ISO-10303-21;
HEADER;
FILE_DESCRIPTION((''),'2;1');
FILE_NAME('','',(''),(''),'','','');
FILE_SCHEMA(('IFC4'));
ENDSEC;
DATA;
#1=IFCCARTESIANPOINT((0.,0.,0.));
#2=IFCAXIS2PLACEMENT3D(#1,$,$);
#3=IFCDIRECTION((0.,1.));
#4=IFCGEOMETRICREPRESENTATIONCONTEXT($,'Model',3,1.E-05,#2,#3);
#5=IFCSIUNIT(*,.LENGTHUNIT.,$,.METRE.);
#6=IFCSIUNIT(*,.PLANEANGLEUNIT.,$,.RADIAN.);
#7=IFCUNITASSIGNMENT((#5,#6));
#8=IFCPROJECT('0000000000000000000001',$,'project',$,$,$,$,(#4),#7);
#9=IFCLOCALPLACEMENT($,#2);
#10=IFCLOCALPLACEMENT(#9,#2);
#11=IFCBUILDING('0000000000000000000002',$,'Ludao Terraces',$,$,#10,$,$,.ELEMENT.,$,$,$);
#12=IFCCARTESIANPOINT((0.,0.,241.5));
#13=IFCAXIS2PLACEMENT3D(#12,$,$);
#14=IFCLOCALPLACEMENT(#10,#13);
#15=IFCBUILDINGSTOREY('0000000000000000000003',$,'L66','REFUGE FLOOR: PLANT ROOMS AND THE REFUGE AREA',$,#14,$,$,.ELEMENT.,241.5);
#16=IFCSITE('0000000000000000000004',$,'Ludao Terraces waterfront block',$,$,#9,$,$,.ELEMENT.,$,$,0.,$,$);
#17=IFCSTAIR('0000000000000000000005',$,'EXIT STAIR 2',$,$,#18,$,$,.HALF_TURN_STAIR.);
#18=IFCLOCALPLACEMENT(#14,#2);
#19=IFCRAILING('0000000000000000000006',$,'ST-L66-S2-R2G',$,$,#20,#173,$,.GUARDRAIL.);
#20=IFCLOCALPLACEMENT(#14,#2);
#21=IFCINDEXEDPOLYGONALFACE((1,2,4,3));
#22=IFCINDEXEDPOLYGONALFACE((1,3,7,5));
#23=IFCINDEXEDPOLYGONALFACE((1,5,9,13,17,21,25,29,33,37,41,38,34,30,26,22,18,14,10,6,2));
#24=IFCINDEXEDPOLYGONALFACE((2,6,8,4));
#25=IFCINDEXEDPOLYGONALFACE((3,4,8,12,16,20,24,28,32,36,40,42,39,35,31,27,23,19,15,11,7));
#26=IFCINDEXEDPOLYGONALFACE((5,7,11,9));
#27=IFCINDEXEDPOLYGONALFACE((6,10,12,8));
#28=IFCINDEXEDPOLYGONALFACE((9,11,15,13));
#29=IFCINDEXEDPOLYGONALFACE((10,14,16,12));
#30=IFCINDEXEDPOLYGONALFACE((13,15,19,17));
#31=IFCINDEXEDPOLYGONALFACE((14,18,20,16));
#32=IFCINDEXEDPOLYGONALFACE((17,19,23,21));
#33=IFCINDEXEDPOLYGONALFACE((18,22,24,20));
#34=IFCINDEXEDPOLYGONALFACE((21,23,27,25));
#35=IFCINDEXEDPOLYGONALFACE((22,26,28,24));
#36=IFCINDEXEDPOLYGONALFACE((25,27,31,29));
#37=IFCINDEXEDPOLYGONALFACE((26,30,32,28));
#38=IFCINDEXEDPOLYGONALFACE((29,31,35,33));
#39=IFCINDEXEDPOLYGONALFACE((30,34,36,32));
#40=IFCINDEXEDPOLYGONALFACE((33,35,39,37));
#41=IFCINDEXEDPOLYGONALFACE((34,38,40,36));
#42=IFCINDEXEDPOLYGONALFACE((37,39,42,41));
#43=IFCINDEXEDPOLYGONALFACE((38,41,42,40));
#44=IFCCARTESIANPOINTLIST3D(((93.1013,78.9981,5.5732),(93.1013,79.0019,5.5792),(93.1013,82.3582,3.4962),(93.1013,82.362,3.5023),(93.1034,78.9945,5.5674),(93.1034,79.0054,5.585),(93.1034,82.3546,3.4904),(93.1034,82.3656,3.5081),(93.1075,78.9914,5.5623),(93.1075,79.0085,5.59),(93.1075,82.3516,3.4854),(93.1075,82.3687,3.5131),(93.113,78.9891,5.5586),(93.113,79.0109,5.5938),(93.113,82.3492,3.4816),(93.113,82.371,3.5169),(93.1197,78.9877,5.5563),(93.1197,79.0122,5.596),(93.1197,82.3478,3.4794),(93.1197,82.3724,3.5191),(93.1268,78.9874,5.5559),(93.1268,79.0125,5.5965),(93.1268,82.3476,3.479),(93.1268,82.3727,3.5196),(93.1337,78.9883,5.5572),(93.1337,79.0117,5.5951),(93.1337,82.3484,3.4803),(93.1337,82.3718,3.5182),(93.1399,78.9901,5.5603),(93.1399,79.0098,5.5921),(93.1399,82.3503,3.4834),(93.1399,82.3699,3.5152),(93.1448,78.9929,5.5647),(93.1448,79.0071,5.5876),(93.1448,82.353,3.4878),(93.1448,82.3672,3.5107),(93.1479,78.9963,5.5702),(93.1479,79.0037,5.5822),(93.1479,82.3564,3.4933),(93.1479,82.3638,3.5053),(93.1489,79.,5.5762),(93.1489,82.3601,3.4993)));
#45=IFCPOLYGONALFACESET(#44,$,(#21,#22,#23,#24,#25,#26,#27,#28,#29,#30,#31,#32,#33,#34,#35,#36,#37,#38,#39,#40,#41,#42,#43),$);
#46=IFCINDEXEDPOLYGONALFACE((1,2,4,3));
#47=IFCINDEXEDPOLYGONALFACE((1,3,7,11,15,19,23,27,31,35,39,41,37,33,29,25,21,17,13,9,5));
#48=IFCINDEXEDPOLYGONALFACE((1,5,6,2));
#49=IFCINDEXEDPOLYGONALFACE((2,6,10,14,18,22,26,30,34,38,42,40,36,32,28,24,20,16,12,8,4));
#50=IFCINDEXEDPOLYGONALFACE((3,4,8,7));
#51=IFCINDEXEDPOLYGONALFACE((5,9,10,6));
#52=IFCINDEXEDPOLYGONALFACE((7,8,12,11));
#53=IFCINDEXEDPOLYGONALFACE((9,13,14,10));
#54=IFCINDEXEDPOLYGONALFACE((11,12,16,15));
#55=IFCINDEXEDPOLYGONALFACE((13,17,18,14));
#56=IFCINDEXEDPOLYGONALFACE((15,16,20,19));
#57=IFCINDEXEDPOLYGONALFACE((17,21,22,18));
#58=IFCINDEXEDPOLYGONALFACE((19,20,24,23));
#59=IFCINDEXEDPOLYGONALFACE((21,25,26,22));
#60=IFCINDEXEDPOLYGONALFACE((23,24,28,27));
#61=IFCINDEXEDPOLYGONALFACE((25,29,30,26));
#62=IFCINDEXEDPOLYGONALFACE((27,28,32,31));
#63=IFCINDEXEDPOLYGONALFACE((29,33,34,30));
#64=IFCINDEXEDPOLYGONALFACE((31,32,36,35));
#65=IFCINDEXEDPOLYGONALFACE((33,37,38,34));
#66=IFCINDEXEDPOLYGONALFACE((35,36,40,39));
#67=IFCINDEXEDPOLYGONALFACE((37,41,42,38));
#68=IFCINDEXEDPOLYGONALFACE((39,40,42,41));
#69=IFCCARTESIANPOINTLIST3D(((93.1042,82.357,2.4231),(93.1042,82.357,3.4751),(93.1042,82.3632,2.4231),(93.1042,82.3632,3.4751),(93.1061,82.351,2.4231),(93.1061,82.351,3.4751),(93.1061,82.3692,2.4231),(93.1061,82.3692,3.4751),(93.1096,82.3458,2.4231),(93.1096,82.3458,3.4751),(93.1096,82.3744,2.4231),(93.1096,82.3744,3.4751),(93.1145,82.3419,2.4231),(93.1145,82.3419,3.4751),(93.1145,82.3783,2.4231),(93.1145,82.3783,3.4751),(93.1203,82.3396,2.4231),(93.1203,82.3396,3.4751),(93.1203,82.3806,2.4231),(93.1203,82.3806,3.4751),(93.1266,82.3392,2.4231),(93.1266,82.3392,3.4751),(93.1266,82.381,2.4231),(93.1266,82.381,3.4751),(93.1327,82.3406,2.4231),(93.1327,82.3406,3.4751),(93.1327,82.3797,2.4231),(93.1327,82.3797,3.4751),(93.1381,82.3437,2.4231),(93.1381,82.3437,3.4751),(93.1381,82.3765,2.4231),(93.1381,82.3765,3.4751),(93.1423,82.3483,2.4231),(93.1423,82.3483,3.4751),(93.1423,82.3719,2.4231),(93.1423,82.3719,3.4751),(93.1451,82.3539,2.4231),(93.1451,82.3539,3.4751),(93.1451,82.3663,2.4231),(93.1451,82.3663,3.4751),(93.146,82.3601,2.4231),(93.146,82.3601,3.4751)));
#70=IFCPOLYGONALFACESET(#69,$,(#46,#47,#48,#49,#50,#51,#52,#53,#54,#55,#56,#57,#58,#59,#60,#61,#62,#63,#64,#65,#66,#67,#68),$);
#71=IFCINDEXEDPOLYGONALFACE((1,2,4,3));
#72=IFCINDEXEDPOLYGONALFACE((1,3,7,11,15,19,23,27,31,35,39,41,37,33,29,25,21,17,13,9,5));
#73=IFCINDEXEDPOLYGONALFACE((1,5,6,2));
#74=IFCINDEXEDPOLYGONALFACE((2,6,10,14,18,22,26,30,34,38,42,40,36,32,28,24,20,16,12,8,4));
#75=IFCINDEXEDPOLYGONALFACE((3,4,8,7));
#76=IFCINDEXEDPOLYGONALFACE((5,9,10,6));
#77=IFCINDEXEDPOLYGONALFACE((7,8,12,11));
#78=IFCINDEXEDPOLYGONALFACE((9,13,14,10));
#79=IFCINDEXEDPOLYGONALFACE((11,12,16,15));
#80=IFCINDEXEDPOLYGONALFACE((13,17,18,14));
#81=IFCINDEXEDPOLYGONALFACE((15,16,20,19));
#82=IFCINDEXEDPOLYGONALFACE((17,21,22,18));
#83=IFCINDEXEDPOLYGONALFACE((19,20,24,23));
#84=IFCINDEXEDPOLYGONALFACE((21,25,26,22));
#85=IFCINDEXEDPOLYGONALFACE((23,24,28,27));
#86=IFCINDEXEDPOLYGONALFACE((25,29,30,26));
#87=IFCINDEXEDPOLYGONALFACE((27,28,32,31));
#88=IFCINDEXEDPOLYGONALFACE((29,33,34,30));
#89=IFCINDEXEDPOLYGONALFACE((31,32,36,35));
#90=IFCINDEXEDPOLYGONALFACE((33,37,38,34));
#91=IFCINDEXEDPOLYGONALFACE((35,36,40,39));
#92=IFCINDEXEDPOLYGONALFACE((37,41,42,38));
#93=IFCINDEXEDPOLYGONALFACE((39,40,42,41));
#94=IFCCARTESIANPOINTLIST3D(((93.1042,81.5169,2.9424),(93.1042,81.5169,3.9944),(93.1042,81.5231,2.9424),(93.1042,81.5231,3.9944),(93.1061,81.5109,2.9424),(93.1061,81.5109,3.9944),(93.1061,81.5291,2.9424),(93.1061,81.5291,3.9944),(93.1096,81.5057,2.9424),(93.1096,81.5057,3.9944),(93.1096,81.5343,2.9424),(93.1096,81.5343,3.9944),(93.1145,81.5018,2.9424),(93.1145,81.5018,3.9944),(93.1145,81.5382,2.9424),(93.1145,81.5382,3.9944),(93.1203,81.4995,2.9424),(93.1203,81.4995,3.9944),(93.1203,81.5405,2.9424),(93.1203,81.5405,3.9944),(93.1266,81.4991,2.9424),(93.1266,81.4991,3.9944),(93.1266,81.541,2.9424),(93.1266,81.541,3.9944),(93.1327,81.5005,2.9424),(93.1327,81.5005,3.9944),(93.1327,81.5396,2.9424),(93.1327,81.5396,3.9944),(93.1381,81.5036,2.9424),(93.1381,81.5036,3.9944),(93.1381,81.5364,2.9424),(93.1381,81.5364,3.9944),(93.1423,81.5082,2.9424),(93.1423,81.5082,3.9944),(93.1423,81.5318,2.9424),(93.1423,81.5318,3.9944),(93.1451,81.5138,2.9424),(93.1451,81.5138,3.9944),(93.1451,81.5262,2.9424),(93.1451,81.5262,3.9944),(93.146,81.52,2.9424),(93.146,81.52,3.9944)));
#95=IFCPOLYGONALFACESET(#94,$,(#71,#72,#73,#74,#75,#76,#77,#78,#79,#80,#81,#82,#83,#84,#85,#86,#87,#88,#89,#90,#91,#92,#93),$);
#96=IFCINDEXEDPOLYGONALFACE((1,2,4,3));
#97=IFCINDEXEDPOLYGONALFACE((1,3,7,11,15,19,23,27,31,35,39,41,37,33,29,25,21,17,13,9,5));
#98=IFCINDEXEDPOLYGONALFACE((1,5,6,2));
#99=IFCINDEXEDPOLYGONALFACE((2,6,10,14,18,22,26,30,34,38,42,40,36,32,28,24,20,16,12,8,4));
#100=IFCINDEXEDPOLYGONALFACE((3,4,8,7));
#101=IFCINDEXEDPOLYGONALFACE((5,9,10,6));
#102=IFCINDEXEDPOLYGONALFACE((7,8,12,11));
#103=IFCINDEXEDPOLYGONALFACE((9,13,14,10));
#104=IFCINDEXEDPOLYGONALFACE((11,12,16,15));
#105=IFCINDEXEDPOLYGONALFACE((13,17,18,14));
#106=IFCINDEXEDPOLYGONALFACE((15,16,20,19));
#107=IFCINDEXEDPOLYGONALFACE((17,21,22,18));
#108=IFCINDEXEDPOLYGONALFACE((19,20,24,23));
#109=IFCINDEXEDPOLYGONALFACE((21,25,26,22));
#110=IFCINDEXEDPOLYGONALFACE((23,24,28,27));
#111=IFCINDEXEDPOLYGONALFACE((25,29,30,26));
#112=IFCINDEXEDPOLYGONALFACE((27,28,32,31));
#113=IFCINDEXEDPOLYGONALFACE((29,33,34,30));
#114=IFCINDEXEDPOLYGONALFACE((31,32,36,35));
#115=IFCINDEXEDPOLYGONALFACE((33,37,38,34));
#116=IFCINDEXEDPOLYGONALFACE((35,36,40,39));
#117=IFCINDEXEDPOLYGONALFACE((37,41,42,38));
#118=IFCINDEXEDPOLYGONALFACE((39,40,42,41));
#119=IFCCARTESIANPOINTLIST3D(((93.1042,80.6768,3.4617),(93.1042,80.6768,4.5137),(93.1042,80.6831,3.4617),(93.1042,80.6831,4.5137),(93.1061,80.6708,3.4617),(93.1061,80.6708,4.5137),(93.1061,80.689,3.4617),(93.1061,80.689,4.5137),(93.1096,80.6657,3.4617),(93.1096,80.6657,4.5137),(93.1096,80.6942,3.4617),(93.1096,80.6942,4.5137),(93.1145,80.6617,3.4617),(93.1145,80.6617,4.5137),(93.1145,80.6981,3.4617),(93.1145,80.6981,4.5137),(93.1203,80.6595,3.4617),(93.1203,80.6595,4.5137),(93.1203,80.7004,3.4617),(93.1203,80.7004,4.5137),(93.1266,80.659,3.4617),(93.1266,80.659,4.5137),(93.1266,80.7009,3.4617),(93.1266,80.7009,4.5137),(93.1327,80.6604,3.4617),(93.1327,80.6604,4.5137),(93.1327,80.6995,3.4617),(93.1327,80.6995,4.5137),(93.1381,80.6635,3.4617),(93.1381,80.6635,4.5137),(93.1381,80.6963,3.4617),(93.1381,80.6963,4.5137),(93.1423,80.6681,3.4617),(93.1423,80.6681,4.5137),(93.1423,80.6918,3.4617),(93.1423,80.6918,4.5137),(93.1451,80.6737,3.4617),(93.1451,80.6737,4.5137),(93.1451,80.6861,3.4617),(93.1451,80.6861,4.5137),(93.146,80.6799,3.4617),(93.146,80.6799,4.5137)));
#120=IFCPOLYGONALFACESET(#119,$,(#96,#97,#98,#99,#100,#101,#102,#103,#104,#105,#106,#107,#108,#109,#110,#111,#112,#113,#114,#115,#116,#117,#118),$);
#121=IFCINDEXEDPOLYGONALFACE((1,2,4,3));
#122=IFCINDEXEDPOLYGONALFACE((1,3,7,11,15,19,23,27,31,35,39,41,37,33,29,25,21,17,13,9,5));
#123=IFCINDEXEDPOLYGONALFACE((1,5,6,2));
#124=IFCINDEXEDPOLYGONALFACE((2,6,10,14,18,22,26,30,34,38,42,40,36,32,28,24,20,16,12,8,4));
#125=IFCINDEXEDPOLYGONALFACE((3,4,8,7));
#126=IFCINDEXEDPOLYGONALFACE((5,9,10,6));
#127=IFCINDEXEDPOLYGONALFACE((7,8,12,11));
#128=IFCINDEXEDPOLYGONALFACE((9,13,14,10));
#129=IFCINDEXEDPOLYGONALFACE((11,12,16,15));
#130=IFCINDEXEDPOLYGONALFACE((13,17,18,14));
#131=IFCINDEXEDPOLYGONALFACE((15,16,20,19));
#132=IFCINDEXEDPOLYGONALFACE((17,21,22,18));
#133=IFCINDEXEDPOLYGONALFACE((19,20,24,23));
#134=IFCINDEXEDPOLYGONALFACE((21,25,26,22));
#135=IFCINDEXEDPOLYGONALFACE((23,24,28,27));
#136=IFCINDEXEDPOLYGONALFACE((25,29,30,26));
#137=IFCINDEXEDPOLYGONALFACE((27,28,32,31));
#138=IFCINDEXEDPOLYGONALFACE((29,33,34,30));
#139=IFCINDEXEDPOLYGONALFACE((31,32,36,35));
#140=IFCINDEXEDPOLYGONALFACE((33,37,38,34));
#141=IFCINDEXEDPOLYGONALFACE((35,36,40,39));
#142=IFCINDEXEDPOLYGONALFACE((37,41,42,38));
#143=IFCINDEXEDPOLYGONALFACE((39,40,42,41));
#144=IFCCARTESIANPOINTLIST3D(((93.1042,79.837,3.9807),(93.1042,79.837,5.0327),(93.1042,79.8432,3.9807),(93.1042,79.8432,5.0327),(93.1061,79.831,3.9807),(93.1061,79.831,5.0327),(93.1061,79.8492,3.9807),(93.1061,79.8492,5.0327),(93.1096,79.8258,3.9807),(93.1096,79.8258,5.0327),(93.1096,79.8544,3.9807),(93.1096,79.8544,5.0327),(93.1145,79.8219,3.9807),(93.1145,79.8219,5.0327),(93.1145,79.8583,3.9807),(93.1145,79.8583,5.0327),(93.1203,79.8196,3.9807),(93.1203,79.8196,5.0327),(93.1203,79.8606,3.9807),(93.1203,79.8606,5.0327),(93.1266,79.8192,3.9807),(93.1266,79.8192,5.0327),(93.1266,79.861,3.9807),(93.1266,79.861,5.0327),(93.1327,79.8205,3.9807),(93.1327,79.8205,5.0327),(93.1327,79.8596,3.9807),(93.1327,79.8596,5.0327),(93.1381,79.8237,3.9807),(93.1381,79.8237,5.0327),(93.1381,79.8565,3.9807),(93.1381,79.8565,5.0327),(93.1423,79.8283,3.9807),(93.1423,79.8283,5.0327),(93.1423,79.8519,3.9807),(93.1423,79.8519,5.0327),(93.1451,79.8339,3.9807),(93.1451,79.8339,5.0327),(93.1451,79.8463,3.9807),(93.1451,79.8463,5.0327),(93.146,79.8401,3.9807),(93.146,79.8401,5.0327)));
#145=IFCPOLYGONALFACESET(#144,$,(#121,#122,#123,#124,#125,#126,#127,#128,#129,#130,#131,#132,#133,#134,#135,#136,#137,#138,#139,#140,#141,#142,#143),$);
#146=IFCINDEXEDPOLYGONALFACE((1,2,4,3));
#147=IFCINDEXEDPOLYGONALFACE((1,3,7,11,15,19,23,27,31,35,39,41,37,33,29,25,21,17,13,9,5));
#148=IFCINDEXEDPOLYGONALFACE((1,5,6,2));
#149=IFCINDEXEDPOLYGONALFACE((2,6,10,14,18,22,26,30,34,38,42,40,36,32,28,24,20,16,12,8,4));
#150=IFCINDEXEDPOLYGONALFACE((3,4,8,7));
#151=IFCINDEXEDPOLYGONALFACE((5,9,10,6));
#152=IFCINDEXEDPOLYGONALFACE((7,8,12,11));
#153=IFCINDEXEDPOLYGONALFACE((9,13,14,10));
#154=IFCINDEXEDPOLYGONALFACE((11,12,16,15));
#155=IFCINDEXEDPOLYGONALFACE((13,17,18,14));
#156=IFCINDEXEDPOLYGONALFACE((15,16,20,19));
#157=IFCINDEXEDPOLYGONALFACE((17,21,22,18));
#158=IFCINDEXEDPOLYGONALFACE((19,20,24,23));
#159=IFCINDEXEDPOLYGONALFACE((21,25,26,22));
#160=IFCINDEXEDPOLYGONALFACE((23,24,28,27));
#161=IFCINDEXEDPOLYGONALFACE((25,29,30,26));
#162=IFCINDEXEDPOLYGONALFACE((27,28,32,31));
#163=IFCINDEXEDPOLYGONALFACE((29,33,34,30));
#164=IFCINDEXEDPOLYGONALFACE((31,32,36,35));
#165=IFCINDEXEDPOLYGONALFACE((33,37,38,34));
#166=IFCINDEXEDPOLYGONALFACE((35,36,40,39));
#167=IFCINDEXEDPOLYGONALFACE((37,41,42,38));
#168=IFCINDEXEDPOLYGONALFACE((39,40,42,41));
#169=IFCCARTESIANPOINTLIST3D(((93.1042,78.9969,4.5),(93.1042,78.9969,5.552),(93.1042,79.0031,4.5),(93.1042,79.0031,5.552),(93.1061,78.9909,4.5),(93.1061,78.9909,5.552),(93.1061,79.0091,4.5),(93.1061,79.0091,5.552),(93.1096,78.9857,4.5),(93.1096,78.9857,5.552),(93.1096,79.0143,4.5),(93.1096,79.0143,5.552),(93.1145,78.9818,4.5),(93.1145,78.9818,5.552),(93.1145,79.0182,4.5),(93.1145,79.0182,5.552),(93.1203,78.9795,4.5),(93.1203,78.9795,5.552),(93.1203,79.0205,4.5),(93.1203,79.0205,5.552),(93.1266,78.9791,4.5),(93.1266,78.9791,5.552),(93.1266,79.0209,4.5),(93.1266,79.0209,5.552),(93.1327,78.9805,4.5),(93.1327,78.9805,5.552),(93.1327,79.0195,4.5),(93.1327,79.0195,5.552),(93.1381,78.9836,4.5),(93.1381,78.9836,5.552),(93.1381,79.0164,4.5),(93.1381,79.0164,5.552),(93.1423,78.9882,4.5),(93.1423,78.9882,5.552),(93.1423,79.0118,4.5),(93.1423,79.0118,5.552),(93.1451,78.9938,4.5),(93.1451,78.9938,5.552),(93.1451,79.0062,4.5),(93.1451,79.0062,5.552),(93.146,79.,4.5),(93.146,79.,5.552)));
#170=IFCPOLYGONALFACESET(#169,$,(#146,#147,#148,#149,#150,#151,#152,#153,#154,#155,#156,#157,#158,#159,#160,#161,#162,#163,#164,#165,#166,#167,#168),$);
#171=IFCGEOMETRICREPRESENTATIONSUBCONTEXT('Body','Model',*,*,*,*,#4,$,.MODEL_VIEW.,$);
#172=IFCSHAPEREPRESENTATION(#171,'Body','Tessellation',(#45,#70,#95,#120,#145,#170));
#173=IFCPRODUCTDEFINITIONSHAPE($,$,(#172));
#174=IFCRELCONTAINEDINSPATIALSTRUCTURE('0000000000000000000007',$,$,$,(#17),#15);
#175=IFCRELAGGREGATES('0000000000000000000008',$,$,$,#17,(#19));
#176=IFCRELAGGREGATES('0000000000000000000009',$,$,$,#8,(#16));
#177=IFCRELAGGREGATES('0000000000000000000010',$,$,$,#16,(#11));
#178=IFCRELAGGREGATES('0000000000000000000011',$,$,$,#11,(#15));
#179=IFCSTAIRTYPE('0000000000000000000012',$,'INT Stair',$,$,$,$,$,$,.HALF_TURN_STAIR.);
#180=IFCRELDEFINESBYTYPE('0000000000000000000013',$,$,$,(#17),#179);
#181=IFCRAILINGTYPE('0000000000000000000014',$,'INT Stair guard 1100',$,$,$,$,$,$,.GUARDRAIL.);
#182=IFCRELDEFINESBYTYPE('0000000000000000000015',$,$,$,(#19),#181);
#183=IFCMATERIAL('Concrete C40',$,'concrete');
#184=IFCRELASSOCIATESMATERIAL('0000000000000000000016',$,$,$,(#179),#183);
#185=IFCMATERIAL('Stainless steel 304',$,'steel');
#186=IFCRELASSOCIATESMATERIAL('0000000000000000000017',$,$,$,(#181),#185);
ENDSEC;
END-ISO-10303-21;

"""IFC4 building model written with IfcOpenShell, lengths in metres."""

from ifc_helpers import new_model, si_unit, direction, frame, origin, origin_2d, place, context, subcontext, project, spatial, circle, extrude, material, type_object, element, aggregate, save


model = new_model("IFC4")

# Units and contexts
model_context = context("Model", 3, precision=1e-05, world=origin(), true_north=direction((0.0, 1.0)))
body_context = subcontext(model_context, "Body", "Model", "MODEL_VIEW")
ifc_project = project(units=[si_unit("LENGTHUNIT", "METRE"), si_unit("PLANEANGLEUNIT", "RADIAN")], contexts=[model_context])

# Site, building, storey
site_placement = place(None, origin())
site = spatial("IfcSite", under=ifc_project, at=site_placement, Name="Ludao Terraces waterfront block", CompositionType="ELEMENT", RefElevation=0.0)
building_placement = place(site_placement, origin())
building = spatial("IfcBuilding", under=site, at=building_placement, Name="Ludao Terraces", CompositionType="ELEMENT")
storey_placement = place(building_placement, frame((0.0, 0.0, 241.5)))
storey = spatial("IfcBuildingStorey", under=building, at=storey_placement, Name="L66", Description="REFUGE FLOOR: PLANT ROOMS AND THE REFUGE AREA", CompositionType="ELEMENT", Elevation=241.5)

# Shared definitions
ifc_material_1 = material(Name="Stainless steel 304", Category="steel")

# Stair, railing
ifc_material_2 = material(Name="Concrete C40", Category="concrete")
stair_type = type_object("IfcStairType", Name="INT Stair", PredefinedType="HALF_TURN_STAIR", material=ifc_material_2)
stair_placement = place(storey_placement, origin())
stair = element("IfcStair", 1, at=stair_placement, inside=storey, type_object=stair_type, Name="EXIT STAIR 2", PredefinedType="HALF_TURN_STAIR")
railing_type_1 = type_object("IfcRailingType", Name="INT Stair guard 1100", PredefinedType="GUARDRAIL", material=ifc_material_1)
railing_1_placement = place(storey_placement, frame((93.125, 82.3601, 2.4231)))
railing_1 = element("IfcRailing", 2, at=railing_1_placement, type_object=railing_type_1, Name="ST-L66-S2-R2G", PredefinedType="GUARDRAIL", context=body_context, shape_type="SweptSolid", body=[
    extrude(circle(Radius=0.0239, at=origin_2d()), frame((0.0, 0.0, 1.0762), z_axis=(0.0, -0.850623, 0.525776), x_axis=(1.0, 0.0, 0.0)), (0.0, 0.0, 1.0), 3.9502),
    extrude(circle(Radius=0.021, at=origin_2d()), origin(), (0.0, 0.0, 1.0), 1.052),
    extrude(circle(Radius=0.021, at=origin_2d()), frame((0.0, -0.8401, 0.5193)), (0.0, 0.0, 1.0), 1.052),
    extrude(circle(Radius=0.021, at=origin_2d()), frame((0.0, -1.6802, 1.0386)), (0.0, 0.0, 1.0), 1.052),
    extrude(circle(Radius=0.021, at=origin_2d()), frame((0.0, -2.52, 1.5576)), (0.0, 0.0, 1.0), 1.052),
    extrude(circle(Radius=0.021, at=origin_2d()), frame((0.0, -3.3601, 2.0769)), (0.0, 0.0, 1.0), 1.052),
])
aggregate(stair, [railing_1])

save(model, "model.ifc")
